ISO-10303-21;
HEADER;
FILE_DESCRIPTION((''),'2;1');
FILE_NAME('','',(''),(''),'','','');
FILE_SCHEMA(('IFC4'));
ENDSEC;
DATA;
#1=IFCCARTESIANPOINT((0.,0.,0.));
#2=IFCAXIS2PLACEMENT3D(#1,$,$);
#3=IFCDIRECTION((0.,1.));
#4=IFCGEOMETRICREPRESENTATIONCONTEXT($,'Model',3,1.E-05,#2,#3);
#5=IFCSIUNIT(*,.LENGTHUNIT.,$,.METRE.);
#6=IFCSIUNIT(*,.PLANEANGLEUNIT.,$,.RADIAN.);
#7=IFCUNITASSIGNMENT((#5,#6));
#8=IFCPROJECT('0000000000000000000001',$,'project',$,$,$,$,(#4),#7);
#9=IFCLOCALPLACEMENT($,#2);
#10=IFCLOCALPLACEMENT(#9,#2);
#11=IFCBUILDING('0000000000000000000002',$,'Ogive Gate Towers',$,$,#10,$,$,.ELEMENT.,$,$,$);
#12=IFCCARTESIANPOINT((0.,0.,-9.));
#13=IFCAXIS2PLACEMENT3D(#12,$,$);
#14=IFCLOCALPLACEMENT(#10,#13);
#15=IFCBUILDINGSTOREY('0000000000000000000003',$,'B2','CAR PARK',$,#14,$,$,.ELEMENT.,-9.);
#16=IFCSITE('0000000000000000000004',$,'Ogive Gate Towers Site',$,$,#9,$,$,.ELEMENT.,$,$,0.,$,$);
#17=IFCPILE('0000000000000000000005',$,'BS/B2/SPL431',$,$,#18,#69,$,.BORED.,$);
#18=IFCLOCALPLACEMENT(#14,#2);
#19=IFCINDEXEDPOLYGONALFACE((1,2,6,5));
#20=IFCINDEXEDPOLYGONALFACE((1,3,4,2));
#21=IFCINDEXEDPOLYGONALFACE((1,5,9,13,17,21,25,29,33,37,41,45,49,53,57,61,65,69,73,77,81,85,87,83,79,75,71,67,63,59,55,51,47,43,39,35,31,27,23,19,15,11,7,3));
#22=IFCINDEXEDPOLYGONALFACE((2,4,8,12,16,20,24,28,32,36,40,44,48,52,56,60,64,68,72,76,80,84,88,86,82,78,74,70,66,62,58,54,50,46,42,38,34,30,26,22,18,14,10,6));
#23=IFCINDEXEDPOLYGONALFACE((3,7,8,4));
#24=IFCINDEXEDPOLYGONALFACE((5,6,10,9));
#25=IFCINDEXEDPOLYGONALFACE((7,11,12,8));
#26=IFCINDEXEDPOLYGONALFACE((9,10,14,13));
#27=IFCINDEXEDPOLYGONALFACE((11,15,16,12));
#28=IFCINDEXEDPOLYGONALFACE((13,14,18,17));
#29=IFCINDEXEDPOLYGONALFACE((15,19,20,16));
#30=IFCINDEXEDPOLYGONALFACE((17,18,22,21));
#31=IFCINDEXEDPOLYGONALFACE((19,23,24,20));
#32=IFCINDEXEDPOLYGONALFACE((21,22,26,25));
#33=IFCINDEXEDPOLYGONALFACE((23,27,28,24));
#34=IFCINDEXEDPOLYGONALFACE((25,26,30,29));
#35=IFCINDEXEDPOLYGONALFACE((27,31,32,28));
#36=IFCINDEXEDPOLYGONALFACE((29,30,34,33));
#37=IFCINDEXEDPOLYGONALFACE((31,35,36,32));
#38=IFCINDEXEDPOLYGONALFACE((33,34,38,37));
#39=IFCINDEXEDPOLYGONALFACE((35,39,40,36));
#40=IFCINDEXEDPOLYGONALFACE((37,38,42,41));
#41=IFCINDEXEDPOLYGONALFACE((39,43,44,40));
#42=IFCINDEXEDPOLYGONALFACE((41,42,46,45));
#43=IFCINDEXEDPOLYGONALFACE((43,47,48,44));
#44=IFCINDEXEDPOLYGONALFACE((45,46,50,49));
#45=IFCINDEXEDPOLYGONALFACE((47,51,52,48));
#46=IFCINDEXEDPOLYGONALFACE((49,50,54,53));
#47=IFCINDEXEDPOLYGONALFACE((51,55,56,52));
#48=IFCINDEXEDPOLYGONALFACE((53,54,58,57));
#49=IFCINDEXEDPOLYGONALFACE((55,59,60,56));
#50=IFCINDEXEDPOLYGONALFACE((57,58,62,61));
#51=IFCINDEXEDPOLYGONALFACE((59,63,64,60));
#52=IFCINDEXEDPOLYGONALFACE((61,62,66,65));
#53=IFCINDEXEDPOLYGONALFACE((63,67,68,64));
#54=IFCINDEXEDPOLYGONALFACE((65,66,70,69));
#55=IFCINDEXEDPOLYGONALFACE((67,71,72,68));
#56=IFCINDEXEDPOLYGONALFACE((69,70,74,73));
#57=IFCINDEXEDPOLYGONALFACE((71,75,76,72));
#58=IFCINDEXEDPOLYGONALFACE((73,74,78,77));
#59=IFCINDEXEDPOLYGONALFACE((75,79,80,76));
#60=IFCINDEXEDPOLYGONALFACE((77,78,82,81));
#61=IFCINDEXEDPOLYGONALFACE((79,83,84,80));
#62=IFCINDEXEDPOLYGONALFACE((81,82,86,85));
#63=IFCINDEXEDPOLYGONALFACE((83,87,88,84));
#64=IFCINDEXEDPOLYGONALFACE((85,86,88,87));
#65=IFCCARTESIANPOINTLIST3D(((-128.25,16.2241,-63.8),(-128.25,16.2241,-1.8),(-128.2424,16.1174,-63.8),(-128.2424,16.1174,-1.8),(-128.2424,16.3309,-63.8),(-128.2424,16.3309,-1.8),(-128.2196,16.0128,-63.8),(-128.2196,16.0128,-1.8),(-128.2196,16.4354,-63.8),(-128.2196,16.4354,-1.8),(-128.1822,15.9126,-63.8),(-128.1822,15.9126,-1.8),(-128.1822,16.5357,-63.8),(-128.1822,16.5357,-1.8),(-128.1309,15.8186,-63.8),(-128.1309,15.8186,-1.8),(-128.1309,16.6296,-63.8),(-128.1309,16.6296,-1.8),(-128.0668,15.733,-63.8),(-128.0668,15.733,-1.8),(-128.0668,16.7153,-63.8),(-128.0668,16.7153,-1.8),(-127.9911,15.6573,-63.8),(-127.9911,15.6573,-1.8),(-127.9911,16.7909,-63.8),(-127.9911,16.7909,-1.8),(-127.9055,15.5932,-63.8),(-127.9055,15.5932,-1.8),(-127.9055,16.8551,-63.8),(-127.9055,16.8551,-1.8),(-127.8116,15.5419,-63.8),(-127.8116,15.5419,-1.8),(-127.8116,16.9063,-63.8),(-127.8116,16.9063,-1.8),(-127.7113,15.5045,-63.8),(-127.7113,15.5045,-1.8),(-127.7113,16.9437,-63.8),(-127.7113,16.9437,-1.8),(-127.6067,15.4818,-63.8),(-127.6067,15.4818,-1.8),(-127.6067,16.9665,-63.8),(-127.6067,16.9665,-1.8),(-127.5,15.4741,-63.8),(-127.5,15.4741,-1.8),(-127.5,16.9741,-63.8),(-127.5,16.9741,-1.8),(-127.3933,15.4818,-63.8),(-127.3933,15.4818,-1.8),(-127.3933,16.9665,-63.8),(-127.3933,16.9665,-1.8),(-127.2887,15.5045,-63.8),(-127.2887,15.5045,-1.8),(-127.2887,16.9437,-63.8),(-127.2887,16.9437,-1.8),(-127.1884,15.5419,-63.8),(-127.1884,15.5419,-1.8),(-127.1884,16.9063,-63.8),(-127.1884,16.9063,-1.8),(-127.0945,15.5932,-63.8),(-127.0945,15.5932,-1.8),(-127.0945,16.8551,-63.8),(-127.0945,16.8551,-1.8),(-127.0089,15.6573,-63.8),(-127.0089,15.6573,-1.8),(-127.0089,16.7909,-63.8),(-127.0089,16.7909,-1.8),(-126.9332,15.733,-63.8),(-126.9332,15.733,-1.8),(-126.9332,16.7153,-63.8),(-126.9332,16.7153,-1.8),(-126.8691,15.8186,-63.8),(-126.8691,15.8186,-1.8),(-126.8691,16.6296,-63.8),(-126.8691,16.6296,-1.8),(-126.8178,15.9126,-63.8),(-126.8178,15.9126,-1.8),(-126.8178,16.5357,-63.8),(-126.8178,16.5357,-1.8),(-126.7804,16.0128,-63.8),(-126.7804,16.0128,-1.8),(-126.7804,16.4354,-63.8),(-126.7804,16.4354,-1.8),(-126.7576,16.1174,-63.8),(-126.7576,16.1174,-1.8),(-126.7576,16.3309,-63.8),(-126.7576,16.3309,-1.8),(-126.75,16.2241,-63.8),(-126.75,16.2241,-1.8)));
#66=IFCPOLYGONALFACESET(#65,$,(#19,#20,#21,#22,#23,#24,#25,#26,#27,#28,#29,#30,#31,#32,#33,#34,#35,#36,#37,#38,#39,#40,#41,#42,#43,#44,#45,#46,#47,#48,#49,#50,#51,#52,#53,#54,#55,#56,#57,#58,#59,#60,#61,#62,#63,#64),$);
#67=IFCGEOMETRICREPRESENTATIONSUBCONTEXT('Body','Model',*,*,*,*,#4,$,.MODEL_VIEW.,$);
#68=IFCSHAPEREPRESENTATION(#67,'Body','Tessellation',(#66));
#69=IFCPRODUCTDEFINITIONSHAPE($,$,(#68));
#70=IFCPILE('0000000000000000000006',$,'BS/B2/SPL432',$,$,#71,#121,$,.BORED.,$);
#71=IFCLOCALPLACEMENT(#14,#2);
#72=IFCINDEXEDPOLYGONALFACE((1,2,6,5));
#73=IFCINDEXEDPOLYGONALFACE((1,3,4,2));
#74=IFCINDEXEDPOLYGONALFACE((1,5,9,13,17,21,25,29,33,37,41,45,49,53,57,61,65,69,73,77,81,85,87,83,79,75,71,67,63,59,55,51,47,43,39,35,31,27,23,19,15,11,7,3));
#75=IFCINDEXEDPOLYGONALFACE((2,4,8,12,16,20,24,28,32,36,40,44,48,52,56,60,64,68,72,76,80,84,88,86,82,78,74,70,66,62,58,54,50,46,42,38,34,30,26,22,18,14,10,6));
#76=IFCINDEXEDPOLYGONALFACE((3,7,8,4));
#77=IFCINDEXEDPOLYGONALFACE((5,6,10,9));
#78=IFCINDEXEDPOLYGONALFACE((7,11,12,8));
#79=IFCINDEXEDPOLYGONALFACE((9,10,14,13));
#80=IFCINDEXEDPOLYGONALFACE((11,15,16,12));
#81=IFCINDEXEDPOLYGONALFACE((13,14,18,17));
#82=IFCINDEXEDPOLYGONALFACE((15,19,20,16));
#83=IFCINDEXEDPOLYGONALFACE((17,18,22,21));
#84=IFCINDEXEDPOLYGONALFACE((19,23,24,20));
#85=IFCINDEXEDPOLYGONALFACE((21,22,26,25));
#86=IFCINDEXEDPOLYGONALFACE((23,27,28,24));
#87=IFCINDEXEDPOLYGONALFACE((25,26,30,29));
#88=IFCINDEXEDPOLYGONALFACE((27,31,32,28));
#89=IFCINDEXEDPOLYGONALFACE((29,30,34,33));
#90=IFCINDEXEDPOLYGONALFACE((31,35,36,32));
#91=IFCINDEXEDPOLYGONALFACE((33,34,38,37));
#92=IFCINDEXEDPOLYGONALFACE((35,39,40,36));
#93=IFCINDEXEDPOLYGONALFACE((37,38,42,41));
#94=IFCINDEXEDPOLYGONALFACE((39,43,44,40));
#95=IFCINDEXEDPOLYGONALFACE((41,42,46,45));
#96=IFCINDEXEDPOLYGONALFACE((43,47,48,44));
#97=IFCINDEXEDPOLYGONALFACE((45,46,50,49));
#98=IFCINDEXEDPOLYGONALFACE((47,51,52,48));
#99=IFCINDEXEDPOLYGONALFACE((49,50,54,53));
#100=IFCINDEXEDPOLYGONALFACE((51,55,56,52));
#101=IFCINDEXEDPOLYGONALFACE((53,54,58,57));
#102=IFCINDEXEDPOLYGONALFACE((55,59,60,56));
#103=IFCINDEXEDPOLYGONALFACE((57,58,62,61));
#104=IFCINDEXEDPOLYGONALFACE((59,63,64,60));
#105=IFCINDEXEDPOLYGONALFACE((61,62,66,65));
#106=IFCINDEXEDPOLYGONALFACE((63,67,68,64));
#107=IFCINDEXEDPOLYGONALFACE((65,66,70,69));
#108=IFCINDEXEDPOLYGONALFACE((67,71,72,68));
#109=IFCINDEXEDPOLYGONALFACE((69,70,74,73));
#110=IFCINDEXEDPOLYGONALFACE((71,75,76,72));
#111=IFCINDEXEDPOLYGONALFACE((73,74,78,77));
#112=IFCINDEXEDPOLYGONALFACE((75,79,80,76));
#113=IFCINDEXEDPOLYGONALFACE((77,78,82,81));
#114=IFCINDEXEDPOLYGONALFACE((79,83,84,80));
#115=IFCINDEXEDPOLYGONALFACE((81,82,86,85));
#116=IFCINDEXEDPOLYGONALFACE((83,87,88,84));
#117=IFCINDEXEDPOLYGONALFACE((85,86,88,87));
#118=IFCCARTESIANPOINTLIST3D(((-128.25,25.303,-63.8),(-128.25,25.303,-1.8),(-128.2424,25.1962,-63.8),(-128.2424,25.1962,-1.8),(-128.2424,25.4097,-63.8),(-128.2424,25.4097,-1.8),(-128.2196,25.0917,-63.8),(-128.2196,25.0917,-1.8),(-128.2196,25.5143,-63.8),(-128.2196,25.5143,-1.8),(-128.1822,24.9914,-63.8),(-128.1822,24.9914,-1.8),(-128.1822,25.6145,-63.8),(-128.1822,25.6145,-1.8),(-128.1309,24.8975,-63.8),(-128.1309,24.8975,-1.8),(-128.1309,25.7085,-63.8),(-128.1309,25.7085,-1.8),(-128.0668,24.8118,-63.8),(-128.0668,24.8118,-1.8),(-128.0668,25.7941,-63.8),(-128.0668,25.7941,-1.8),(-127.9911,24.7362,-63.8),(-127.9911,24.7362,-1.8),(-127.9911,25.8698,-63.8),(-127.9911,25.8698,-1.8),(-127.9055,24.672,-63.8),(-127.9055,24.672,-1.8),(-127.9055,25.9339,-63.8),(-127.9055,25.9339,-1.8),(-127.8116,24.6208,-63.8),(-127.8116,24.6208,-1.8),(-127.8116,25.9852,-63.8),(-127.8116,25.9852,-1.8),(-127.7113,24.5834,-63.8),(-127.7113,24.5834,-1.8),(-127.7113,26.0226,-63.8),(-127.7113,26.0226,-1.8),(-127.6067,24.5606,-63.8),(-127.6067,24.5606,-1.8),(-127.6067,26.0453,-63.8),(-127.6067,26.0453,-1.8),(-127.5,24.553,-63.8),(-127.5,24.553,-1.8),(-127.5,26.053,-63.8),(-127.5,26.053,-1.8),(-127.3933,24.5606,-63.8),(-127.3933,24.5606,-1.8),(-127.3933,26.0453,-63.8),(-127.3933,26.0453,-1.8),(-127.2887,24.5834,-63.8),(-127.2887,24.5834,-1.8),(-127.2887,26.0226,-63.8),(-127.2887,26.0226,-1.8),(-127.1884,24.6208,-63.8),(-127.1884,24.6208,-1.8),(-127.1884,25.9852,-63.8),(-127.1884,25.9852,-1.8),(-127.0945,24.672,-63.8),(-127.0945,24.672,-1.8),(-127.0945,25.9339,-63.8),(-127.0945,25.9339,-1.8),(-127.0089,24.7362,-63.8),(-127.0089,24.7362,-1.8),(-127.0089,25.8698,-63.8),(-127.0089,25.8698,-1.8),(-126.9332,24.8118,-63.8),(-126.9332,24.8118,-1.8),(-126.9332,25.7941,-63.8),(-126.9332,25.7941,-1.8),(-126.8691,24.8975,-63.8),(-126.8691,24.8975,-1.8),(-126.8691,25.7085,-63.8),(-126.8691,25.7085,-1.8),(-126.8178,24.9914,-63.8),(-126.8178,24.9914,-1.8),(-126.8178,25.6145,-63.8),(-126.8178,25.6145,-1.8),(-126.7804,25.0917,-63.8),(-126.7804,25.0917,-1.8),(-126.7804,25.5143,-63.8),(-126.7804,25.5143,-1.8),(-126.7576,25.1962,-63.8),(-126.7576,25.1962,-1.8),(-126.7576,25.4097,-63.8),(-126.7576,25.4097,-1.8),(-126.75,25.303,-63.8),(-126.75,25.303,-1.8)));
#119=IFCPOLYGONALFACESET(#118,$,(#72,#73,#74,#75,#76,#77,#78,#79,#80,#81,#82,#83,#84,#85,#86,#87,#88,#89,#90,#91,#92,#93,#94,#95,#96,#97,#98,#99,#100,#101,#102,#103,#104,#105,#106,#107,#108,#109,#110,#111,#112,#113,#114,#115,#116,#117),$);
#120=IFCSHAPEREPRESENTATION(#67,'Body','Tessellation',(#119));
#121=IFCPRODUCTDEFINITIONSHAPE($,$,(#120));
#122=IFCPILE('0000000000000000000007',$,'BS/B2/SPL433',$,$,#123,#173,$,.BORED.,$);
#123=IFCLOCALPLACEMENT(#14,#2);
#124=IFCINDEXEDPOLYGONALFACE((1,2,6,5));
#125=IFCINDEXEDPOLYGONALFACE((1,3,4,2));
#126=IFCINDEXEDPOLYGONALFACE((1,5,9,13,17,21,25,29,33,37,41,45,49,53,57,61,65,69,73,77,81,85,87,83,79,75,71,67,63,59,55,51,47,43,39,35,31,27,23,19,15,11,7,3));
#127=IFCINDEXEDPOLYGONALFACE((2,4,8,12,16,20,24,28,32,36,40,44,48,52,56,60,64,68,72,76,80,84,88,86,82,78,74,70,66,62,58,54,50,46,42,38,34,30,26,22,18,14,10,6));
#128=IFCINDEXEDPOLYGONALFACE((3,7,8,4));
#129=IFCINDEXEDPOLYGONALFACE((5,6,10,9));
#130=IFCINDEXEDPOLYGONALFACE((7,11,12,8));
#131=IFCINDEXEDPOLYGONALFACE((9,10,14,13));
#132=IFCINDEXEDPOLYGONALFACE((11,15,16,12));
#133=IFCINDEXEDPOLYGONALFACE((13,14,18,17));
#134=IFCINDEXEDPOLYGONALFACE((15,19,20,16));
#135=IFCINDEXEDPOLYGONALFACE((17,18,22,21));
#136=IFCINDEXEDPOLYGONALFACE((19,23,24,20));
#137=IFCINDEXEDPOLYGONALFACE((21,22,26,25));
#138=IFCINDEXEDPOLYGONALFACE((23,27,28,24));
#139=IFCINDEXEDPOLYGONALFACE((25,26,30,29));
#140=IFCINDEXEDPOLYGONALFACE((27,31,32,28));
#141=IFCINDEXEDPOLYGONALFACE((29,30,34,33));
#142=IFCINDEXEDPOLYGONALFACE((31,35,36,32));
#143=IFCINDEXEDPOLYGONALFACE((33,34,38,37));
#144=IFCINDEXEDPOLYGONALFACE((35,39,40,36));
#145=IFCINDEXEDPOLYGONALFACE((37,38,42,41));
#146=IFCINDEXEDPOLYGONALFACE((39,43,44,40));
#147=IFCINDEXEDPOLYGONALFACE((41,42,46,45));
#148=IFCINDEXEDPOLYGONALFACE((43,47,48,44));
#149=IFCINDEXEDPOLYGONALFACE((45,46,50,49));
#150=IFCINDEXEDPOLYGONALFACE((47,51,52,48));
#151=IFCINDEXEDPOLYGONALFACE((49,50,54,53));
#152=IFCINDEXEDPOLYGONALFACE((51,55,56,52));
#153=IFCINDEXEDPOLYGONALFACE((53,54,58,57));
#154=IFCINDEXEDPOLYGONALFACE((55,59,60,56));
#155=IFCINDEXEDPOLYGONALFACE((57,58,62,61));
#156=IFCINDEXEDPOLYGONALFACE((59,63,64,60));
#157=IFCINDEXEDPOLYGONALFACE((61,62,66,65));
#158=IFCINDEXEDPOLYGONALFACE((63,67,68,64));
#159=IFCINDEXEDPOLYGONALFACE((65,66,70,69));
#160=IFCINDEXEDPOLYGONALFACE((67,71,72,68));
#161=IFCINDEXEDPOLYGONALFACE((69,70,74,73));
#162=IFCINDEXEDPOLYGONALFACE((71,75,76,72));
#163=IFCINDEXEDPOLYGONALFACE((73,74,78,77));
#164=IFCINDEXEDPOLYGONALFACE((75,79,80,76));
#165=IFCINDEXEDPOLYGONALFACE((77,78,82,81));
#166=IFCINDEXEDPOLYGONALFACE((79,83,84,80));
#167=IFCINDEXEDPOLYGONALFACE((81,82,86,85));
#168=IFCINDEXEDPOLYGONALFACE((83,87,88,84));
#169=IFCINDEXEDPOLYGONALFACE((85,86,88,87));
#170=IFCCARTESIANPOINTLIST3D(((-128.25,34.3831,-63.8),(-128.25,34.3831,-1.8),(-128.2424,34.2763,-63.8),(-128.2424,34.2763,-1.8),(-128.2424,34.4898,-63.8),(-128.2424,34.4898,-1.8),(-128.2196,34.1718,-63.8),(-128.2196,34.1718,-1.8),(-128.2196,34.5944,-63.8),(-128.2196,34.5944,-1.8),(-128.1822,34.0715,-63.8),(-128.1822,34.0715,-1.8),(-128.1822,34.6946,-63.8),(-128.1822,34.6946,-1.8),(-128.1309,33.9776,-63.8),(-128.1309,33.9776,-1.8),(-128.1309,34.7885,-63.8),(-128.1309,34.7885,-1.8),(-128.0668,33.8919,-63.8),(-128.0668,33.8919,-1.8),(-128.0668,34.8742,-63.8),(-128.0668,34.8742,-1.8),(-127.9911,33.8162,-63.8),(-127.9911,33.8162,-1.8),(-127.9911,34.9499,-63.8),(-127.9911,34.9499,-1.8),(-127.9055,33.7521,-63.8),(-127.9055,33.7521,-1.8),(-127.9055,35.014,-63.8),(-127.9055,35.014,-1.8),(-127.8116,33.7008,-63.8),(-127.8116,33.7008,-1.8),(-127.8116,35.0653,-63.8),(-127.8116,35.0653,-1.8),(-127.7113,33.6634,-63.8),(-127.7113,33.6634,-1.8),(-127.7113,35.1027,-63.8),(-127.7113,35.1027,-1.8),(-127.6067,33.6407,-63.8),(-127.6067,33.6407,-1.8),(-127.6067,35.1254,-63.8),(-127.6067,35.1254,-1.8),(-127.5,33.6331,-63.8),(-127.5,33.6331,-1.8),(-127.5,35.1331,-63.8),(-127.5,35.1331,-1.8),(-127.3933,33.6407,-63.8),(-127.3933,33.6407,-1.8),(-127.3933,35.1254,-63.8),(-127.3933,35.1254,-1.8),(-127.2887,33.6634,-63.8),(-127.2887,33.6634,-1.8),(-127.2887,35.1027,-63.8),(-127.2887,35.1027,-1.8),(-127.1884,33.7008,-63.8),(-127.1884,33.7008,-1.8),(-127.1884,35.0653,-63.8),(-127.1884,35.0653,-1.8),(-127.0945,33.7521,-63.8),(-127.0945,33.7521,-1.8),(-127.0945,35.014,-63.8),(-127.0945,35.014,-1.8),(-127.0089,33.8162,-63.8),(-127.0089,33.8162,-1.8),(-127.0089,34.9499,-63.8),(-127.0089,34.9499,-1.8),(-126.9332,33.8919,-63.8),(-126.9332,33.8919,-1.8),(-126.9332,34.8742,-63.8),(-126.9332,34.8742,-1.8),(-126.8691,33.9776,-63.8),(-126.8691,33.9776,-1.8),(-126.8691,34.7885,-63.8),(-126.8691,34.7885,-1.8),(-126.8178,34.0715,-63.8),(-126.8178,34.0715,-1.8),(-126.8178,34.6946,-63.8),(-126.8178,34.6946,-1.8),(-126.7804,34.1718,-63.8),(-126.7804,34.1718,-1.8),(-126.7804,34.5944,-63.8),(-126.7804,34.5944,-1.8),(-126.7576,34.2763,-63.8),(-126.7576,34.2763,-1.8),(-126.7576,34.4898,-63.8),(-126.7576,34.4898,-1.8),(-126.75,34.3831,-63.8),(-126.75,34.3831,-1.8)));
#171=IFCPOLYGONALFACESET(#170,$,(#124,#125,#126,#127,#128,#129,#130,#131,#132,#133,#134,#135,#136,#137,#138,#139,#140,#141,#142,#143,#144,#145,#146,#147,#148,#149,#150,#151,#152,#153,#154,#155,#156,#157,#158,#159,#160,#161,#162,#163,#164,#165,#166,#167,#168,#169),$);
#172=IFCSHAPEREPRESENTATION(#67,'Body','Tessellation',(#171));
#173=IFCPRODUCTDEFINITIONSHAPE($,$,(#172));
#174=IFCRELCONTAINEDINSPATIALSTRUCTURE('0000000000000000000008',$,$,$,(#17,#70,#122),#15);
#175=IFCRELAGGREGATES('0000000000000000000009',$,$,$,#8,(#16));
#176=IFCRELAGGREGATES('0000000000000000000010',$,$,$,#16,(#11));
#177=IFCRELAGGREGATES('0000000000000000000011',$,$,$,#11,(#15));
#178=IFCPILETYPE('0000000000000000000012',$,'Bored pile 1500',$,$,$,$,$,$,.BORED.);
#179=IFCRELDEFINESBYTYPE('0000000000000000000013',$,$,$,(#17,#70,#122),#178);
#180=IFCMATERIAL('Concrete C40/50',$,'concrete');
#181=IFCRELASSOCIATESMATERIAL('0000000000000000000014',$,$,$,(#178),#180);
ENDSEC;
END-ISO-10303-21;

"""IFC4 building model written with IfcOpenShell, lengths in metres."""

from ifc_helpers import new_model, si_unit, direction, frame, origin, origin_2d, place, context, subcontext, project, spatial, circle, extrude, material, material_profile, profile_set, type_object, element, save


model = new_model("IFC4")

# Units and contexts
model_context = context("Model", 3, precision=1e-05, world=origin(), true_north=direction((0.0, 1.0)))
body_context = subcontext(model_context, "Body", "Model", "MODEL_VIEW")
ifc_project = project(units=[si_unit("LENGTHUNIT", "METRE"), si_unit("PLANEANGLEUNIT", "RADIAN")], contexts=[model_context])

# Site, building, storey
site_placement = place(None, origin())
site = spatial("IfcSite", under=ifc_project, at=site_placement, Name="Ogive Gate Towers Site", CompositionType="ELEMENT", RefElevation=0.0)
building_placement = place(site_placement, origin())
building = spatial("IfcBuilding", under=site, at=building_placement, Name="Ogive Gate Towers", CompositionType="ELEMENT")
storey_placement = place(building_placement, frame((0.0, 0.0, -9.0)))
storey = spatial("IfcBuildingStorey", under=building, at=storey_placement, Name="B2", Description="CAR PARK", CompositionType="ELEMENT", Elevation=-9.0)

# Piles
ifc_material_1 = material(Name="Concrete C40/50", Category="concrete")
ifc_material_profile_1 = material_profile(ifc_material_1, circle(Radius=0.75, at=origin_2d()), Name="BP 1500")
ifc_profile_set_1 = profile_set([ifc_material_profile_1], Name="Concrete C40/50")
pile_type = type_object("IfcPileType", Name="Bored pile 1500", PredefinedType="BORED", material=ifc_profile_set_1)
for number, where, z_axis, x_axis, name in (
    (1, (-127.5, 16.2241, -1.8), (0.0, 0.0, -1.0), (1.0, 0.0, 0.0), "BS/B2/SPL431"),
    (2, (-127.5, 25.303, -1.8), (0.0, 0.0, -1.0), (1.0, 0.0, 0.0), "BS/B2/SPL432"),
    (3, (-127.5, 34.3831, -1.8), (0.0, 0.0, -1.0), (1.0, 0.0, 0.0), "BS/B2/SPL433"),
):
    element("IfcPile", number, at=place(storey_placement, frame(where, z_axis=z_axis, x_axis=x_axis)), inside=storey, type_object=pile_type, Name=name, PredefinedType="BORED", context=body_context, shape_type="SweptSolid", body=[
        extrude(circle(Radius=0.75, at=origin_2d()), origin(), (0.0, 0.0, 1.0), 62.0),
    ])

save(model, "model.ifc")
